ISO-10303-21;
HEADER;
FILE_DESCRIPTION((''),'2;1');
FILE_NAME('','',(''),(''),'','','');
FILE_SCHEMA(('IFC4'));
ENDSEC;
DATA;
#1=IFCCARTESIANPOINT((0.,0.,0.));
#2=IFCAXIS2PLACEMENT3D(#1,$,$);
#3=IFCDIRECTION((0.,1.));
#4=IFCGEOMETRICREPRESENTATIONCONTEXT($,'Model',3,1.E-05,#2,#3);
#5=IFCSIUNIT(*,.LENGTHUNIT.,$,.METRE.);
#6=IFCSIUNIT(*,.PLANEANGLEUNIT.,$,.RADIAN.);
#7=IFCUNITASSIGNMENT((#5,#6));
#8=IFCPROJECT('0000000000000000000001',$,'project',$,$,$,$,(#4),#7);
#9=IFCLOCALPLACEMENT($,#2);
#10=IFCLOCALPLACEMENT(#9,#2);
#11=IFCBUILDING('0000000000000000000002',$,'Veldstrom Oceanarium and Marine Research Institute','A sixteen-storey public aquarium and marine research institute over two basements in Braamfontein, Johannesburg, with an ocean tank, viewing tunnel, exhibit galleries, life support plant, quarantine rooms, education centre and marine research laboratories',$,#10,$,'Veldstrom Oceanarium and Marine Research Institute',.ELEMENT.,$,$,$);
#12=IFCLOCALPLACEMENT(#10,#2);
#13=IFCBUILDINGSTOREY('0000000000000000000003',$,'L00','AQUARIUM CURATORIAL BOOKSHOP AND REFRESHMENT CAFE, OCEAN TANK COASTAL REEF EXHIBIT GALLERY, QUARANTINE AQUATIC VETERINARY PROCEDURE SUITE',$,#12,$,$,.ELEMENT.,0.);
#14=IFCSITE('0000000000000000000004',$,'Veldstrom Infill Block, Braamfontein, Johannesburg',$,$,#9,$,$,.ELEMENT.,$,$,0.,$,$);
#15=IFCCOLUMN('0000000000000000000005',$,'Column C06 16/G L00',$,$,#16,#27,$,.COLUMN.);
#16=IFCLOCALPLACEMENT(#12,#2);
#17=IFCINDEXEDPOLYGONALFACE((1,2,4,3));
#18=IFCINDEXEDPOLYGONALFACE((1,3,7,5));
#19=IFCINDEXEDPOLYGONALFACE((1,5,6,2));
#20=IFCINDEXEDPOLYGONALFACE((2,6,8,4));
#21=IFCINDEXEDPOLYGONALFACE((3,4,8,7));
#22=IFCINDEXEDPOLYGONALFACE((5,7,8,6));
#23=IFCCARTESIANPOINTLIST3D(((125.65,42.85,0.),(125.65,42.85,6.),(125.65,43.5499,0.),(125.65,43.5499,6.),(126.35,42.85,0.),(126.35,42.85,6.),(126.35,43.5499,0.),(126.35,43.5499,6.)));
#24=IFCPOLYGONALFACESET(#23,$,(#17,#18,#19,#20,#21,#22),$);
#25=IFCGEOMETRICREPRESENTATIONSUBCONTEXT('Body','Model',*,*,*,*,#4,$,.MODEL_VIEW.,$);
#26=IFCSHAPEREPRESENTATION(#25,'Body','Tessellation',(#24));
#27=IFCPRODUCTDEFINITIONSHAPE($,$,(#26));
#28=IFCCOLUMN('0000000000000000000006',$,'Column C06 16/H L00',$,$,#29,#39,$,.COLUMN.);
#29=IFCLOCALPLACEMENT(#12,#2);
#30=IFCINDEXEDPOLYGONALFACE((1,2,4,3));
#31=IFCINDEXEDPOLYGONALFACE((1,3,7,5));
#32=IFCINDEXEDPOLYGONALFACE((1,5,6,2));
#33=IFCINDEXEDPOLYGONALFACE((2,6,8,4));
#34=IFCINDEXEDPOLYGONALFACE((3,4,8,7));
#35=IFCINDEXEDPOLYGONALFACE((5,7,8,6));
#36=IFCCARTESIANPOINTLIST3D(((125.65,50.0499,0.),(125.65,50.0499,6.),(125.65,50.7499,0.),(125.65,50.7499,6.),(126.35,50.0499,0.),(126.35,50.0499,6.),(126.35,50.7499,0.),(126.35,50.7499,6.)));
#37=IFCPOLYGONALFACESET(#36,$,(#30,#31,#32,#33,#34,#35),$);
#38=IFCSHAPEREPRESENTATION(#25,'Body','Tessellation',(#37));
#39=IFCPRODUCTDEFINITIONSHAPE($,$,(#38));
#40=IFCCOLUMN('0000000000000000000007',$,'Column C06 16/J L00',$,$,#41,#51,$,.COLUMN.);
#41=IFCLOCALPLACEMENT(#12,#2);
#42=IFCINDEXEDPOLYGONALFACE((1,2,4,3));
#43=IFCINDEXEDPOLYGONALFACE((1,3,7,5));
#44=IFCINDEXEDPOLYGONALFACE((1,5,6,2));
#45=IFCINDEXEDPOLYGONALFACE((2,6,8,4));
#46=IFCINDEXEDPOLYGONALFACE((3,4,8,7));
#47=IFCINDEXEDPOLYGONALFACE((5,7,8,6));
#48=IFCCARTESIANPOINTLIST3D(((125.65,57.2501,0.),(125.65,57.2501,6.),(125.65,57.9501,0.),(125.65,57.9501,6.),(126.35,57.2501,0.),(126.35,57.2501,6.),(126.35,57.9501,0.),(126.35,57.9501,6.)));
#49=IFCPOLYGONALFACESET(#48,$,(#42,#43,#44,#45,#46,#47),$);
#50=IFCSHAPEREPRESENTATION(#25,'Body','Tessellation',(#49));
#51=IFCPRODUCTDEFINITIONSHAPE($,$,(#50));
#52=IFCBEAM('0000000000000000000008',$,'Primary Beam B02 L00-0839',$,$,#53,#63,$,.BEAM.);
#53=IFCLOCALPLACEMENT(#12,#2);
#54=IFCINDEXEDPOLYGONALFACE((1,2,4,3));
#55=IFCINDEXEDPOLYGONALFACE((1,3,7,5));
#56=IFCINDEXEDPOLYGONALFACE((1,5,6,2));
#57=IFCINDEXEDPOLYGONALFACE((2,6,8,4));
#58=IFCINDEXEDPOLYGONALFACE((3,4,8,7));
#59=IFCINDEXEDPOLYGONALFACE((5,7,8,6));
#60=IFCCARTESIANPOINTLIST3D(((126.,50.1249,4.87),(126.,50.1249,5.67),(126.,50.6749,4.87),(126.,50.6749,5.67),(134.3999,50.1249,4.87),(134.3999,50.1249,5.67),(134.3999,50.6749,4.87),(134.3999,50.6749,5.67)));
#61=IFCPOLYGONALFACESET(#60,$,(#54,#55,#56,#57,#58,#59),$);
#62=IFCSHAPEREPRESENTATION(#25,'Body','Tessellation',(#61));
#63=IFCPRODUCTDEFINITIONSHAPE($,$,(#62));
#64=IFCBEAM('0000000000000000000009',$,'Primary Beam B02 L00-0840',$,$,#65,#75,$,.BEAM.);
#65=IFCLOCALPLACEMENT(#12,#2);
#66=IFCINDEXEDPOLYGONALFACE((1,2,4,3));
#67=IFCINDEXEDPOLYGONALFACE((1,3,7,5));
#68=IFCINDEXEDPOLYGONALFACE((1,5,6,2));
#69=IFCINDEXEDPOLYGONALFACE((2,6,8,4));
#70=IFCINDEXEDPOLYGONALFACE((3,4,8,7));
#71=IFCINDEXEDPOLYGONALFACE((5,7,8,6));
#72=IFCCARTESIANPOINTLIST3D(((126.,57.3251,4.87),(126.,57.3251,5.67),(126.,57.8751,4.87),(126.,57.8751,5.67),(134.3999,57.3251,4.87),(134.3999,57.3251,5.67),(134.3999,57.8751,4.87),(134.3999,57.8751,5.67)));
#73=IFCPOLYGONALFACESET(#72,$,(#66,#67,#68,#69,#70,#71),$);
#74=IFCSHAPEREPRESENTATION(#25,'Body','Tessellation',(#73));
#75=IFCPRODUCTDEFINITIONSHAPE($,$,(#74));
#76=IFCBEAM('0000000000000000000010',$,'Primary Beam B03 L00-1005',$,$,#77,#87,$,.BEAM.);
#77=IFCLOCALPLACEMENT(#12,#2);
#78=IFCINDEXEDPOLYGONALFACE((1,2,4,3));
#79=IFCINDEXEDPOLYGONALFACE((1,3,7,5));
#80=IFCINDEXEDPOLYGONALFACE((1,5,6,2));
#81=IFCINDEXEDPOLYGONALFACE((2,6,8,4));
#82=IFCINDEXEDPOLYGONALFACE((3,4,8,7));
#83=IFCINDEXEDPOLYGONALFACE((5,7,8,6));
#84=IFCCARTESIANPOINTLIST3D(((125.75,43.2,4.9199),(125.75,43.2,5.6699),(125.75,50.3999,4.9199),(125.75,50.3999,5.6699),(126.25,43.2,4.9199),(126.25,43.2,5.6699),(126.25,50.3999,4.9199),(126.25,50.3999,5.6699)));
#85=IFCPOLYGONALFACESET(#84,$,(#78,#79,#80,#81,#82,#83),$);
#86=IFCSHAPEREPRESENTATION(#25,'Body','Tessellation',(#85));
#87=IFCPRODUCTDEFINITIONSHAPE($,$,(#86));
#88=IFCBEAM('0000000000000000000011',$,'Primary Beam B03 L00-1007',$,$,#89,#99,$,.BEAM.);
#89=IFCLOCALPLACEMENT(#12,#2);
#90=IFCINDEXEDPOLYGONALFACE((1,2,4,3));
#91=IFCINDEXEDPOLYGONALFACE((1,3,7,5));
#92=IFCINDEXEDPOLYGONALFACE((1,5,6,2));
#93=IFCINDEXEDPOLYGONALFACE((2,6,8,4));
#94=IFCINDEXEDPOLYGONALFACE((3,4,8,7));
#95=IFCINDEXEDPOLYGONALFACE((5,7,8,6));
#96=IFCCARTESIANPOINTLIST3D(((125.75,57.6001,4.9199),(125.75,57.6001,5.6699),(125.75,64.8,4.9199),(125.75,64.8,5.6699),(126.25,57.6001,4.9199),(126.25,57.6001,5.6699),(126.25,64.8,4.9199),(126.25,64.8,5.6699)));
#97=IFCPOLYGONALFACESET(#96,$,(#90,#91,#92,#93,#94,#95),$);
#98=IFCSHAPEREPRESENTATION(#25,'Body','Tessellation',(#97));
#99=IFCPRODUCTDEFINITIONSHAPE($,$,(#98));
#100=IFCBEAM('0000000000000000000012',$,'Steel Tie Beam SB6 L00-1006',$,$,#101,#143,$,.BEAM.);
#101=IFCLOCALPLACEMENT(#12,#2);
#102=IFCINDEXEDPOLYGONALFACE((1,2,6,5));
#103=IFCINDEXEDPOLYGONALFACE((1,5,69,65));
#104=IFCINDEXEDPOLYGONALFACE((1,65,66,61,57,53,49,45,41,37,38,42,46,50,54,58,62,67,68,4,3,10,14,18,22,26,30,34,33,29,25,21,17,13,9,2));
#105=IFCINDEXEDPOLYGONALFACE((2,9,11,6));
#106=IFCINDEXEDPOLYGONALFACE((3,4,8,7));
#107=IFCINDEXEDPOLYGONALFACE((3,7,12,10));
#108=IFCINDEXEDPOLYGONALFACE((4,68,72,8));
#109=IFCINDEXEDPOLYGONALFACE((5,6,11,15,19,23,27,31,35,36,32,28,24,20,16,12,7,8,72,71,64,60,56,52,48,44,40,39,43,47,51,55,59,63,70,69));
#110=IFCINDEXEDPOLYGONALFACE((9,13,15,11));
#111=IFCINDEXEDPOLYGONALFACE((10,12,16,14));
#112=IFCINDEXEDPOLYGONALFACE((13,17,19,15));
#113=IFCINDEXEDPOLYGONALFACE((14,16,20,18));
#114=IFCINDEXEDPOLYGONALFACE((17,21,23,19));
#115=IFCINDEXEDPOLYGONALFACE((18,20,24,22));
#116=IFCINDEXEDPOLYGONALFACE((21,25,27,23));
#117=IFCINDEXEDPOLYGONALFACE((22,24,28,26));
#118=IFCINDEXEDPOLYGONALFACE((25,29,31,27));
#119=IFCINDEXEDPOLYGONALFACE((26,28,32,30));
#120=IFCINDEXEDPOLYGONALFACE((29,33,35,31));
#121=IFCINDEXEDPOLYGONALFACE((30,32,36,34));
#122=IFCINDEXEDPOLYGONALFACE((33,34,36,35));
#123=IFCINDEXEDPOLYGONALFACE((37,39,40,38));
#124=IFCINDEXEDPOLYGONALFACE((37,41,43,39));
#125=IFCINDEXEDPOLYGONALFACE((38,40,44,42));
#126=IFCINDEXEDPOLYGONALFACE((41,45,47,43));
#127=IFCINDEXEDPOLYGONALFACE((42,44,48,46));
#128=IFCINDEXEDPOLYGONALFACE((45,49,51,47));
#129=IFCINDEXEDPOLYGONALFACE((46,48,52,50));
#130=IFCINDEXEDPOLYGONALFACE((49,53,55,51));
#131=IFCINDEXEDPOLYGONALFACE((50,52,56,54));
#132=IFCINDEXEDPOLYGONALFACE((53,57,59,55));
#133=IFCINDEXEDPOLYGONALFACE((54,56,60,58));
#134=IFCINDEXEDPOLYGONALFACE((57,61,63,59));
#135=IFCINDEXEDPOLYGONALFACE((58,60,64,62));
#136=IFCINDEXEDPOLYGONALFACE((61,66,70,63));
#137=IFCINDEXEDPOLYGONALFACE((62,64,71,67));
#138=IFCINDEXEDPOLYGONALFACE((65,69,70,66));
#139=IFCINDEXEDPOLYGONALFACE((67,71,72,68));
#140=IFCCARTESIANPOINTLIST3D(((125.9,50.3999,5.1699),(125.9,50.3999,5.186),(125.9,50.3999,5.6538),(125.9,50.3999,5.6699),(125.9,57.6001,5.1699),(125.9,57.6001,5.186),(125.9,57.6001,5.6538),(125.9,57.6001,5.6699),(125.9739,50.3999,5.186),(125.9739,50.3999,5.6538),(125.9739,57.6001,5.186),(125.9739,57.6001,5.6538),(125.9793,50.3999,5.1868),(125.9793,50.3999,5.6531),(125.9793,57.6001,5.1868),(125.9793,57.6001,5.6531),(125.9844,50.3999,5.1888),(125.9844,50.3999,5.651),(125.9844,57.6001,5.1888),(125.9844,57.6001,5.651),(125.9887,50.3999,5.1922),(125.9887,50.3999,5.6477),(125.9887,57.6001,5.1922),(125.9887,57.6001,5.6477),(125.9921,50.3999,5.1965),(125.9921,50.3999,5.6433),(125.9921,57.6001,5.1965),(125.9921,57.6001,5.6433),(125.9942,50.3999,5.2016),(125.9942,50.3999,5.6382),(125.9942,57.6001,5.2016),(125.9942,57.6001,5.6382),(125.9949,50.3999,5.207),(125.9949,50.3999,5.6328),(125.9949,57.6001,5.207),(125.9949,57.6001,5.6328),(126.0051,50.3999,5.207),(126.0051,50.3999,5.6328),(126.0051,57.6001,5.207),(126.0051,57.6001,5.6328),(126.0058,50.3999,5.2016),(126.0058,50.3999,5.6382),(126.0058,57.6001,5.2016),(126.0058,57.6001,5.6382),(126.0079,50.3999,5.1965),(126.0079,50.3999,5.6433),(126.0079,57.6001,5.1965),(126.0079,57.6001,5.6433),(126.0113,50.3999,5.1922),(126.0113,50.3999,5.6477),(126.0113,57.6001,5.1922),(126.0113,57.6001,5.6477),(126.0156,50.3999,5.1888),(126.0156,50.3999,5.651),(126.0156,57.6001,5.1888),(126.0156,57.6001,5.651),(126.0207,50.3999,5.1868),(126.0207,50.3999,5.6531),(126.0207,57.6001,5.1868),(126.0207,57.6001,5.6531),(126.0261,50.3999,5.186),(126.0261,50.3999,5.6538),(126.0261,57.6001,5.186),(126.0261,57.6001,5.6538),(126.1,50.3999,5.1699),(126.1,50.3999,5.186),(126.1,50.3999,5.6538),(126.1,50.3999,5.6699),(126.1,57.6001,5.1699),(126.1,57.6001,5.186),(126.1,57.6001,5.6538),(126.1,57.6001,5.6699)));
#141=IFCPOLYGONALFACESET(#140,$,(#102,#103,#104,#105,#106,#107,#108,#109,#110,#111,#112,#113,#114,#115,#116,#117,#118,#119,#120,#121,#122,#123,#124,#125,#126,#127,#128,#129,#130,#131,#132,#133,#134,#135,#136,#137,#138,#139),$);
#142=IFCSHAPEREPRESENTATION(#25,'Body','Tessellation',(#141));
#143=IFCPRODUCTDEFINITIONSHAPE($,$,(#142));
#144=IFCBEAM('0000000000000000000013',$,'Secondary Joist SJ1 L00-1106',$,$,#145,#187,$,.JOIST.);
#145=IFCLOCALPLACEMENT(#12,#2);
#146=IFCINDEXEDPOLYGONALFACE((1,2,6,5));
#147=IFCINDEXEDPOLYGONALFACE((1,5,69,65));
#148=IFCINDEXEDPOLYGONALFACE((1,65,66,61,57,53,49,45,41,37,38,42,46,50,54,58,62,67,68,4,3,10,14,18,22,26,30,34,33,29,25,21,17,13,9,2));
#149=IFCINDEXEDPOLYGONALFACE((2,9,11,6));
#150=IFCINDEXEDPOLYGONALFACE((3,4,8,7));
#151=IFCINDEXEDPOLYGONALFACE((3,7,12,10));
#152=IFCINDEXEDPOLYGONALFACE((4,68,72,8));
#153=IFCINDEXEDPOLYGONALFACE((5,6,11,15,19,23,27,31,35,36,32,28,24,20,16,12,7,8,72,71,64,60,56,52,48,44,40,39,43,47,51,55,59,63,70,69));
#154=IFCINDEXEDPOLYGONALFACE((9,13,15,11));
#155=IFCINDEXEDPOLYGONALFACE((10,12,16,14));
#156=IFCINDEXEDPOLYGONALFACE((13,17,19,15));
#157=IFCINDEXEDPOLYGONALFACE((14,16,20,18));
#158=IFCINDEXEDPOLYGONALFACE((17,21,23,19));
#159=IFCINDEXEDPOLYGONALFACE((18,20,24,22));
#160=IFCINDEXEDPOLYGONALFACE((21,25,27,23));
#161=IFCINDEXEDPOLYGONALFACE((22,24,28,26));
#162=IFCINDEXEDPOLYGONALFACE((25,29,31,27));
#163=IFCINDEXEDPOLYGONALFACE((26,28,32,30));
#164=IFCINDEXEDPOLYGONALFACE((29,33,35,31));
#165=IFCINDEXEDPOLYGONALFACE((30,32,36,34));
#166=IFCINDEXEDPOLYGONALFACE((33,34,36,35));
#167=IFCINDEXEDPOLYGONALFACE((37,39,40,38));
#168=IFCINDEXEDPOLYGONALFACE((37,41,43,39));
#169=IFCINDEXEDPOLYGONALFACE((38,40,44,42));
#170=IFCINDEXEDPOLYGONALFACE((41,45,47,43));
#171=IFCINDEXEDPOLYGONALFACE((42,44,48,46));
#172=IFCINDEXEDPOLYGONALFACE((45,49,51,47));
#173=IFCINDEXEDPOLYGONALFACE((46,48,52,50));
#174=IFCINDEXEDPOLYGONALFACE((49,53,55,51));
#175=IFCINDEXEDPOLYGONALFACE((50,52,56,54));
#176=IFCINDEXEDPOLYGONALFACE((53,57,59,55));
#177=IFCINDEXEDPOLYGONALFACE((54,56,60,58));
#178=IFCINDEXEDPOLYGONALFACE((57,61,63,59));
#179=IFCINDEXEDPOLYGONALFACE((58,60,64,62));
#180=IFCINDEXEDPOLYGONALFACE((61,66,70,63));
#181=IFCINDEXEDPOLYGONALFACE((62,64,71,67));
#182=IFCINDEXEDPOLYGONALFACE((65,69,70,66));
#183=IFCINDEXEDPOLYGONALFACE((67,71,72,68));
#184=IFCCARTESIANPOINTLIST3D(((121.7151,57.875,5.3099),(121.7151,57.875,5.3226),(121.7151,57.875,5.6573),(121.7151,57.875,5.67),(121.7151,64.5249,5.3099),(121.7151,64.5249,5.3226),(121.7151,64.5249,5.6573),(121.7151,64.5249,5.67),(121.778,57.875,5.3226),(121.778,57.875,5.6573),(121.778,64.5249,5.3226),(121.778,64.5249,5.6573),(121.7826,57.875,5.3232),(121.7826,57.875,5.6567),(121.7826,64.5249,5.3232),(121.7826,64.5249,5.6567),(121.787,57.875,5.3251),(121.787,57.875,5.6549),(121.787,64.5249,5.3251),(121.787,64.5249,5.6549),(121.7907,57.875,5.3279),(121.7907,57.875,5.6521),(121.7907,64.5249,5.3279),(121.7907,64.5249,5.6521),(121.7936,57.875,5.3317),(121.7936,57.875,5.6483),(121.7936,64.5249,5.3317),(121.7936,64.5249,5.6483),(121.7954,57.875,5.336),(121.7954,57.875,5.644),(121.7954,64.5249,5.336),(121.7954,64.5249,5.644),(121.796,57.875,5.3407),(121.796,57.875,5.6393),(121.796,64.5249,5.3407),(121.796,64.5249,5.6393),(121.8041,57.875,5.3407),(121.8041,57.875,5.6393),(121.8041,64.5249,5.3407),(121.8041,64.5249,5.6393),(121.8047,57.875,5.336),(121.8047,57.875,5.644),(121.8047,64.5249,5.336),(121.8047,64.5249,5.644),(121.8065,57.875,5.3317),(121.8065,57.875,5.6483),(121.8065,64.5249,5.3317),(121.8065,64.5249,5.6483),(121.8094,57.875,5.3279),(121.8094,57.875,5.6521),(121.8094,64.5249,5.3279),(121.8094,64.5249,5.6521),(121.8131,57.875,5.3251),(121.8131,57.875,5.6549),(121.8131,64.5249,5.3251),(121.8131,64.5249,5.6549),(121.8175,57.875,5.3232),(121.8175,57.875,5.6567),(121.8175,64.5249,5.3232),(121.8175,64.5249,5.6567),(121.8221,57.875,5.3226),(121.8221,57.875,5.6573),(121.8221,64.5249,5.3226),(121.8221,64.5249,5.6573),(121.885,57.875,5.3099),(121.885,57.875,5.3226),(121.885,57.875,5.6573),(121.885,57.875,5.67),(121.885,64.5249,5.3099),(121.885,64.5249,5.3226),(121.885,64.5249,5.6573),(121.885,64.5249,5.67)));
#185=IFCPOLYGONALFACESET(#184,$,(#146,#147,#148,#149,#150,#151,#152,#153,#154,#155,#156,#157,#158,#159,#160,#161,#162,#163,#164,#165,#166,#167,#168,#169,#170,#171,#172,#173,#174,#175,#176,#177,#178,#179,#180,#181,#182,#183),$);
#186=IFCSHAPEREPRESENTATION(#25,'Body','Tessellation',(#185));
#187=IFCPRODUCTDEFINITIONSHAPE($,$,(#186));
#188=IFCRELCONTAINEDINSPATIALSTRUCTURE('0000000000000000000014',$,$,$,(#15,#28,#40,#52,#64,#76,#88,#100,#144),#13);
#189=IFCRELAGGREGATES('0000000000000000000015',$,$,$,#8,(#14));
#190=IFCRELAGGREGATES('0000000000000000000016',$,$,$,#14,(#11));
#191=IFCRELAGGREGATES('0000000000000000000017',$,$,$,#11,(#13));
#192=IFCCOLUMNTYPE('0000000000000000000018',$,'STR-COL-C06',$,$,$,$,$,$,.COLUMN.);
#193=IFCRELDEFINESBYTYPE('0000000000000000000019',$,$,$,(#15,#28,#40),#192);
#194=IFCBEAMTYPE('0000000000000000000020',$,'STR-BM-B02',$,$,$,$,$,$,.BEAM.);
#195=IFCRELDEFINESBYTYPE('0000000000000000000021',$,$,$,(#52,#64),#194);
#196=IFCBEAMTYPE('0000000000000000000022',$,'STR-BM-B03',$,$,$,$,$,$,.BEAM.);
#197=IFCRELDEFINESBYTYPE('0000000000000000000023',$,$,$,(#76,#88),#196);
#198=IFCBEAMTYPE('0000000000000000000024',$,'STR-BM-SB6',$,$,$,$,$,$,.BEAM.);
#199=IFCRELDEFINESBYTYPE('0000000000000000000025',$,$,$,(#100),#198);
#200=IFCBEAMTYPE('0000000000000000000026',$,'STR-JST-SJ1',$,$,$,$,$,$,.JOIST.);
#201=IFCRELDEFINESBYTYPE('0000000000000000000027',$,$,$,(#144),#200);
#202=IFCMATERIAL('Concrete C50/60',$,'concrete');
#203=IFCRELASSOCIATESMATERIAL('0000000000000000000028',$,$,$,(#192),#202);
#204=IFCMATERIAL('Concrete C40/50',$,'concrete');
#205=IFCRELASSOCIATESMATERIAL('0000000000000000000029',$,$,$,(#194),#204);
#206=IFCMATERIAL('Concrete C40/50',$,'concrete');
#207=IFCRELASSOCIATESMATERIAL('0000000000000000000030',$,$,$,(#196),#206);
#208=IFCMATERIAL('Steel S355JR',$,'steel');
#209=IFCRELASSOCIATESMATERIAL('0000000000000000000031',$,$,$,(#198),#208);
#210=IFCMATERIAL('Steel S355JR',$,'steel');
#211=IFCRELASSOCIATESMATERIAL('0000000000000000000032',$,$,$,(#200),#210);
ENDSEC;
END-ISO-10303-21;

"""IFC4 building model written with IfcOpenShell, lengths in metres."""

from ifc_helpers import new_model, si_unit, direction, frame, origin, origin_2d, place, context, subcontext, project, spatial, rectangle, i_section, extrude, material, material_profile, profile_set, type_object, element, save


model = new_model("IFC4")

# Units and contexts
model_context = context("Model", 3, precision=1e-05, world=origin(), true_north=direction((0.0, 1.0)))
body_context = subcontext(model_context, "Body", "Model", "MODEL_VIEW")
ifc_project = project(units=[si_unit("LENGTHUNIT", "METRE"), si_unit("PLANEANGLEUNIT", "RADIAN")], contexts=[model_context])

# Site, building, storey
site_placement = place(None, origin())
site = spatial("IfcSite", under=ifc_project, at=site_placement, Name="Veldstrom Infill Block, Braamfontein, Johannesburg", CompositionType="ELEMENT", RefElevation=0.0)
building_placement = place(site_placement, origin())
building = spatial("IfcBuilding", under=site, at=building_placement, Name="Veldstrom Oceanarium and Marine Research Institute", Description="A sixteen-storey public aquarium and marine research institute over two basements in Braamfontein, Johannesburg, with an ocean tank, viewing tunnel, exhibit galleries, life support plant, quarantine rooms, education centre and marine research laboratories", LongName="Veldstrom Oceanarium and Marine Research Institute", CompositionType="ELEMENT")
storey_placement = place(building_placement, origin())
storey = spatial("IfcBuildingStorey", under=building, at=storey_placement, Name="L00", Description="AQUARIUM CURATORIAL BOOKSHOP AND REFRESHMENT CAFE, OCEAN TANK COASTAL REEF EXHIBIT GALLERY, QUARANTINE AQUATIC VETERINARY PROCEDURE SUITE", CompositionType="ELEMENT", Elevation=0.0)

# Columns
ifc_material_1 = material(Name="Concrete C50/60", Category="concrete")
ifc_material_profile_1 = material_profile(ifc_material_1, rectangle(XDim=0.7, YDim=0.7, at=origin_2d()), Name="RC-COL-700x700")
ifc_profile_set_1 = profile_set([ifc_material_profile_1], Name="Concrete C50/60")
column_type = type_object("IfcColumnType", Name="STR-COL-C06", PredefinedType="COLUMN", material=ifc_profile_set_1)
for number, where, z_axis, x_axis, name in (
    (1, (126.0, 43.2, 0.0), (0.0, 0.0, 1.0), (1.0, 0.0, 0.0), "Column C06 16/G L00"),
    (2, (126.0, 50.3999, 0.0), (0.0, 0.0, 1.0), (1.0, 0.0, 0.0), "Column C06 16/H L00"),
    (3, (126.0, 57.6001, 0.0), (0.0, 0.0, 1.0), (1.0, 0.0, 0.0), "Column C06 16/J L00"),
):
    element("IfcColumn", number, at=place(storey_placement, frame(where, z_axis=z_axis, x_axis=x_axis)), inside=storey, type_object=column_type, Name=name, PredefinedType="COLUMN", context=body_context, shape_type="SweptSolid", body=[
        extrude(rectangle(XDim=0.7, YDim=0.7, at=origin_2d()), origin(), (0.0, 0.0, 1.0), 6.0),
    ])

# Beams
ifc_material_2 = material(Name="Concrete C40/50", Category="concrete")
ifc_material_profile_2 = material_profile(ifc_material_2, rectangle(XDim=0.55, YDim=0.8, at=origin_2d()), Name="RC-BM-550x800")
ifc_profile_set_2 = profile_set([ifc_material_profile_2], Name="Concrete C40/50")
beam_type_1 = type_object("IfcBeamType", Name="STR-BM-B02", PredefinedType="BEAM", material=ifc_profile_set_2)
for number, where, z_axis, x_axis, name in (
    (4, (126.0, 50.3999, 5.27), (1.0, 0.0, 0.0), (0.0, 1.0, 0.0), "Primary Beam B02 L00-0839"),
    (5, (126.0, 57.6001, 5.27), (1.0, 0.0, 0.0), (0.0, 1.0, 0.0), "Primary Beam B02 L00-0840"),
):
    element("IfcBeam", number, at=place(storey_placement, frame(where, z_axis=z_axis, x_axis=x_axis)), inside=storey, type_object=beam_type_1, Name=name, PredefinedType="BEAM", context=body_context, shape_type="SweptSolid", body=[
        extrude(rectangle(XDim=0.55, YDim=0.8, at=origin_2d()), origin(), (0.0, 0.0, 1.0), 8.3999),
    ])
ifc_material_3 = material(Name="Concrete C40/50", Category="concrete")
ifc_material_profile_3 = material_profile(ifc_material_3, rectangle(XDim=0.5, YDim=0.75, at=origin_2d()), Name="RC-BM-500x750")
ifc_profile_set_3 = profile_set([ifc_material_profile_3], Name="Concrete C40/50")
beam_type_2 = type_object("IfcBeamType", Name="STR-BM-B03", PredefinedType="BEAM", material=ifc_profile_set_3)
for number, where, z_axis, x_axis, name in (
    (6, (126.0, 43.2, 5.2949), (0.0, 1.0, 0.0), (-1.0, 0.0, 0.0), "Primary Beam B03 L00-1005"),
    (7, (126.0, 57.6001, 5.2949), (0.0, 1.0, 0.0), (-1.0, 0.0, 0.0), "Primary Beam B03 L00-1007"),
):
    element("IfcBeam", number, at=place(storey_placement, frame(where, z_axis=z_axis, x_axis=x_axis)), inside=storey, type_object=beam_type_2, Name=name, PredefinedType="BEAM", context=body_context, shape_type="SweptSolid", body=[
        extrude(rectangle(XDim=0.5, YDim=0.75, at=origin_2d()), origin(), (0.0, 0.0, 1.0), 7.2),
    ])
ifc_material_4 = material(Name="Steel S355JR", Category="steel")
ifc_material_profile_4 = material_profile(ifc_material_4, i_section(OverallWidth=0.2, OverallDepth=0.5, WebThickness=0.0103, FlangeThickness=0.0161, FilletRadius=0.021, at=origin_2d()), Name="IPE 500")
ifc_profile_set_4 = profile_set([ifc_material_profile_4], Name="Steel S355JR")
beam_type_3 = type_object("IfcBeamType", Name="STR-BM-SB6", PredefinedType="BEAM", material=ifc_profile_set_4)
beam_1_placement = place(storey_placement, frame((126.0, 50.3999, 5.4199), z_axis=(0.0, 1.0, 0.0), x_axis=(-1.0, 0.0, 0.0)))
element("IfcBeam", 8, at=beam_1_placement, inside=storey, type_object=beam_type_3, Name="Steel Tie Beam SB6 L00-1006", PredefinedType="BEAM", context=body_context, shape_type="SweptSolid", body=[
    extrude(i_section(OverallWidth=0.2, OverallDepth=0.5, WebThickness=0.0103, FlangeThickness=0.0161, FilletRadius=0.021, at=origin_2d()), origin(), (0.0, 0.0, 1.0), 7.2002),
])
ifc_material_5 = material(Name="Steel S355JR", Category="steel")
ifc_material_profile_5 = material_profile(ifc_material_5, i_section(OverallWidth=0.1699, OverallDepth=0.3601, WebThickness=0.0081, FlangeThickness=0.0127, FilletRadius=0.0181, at=origin_2d()), Name="IPE 360")
ifc_profile_set_5 = profile_set([ifc_material_profile_5], Name="Steel S355JR")
beam_type_4 = type_object("IfcBeamType", Name="STR-JST-SJ1", PredefinedType="JOIST", material=ifc_profile_set_5)
beam_2_placement = place(storey_placement, frame((121.8, 57.875, 5.49), z_axis=(0.0, 1.0, 0.0), x_axis=(-1.0, 0.0, 0.0)))
element("IfcBeam", 9, at=beam_2_placement, inside=storey, type_object=beam_type_4, Name="Secondary Joist SJ1 L00-1106", PredefinedType="JOIST", context=body_context, shape_type="SweptSolid", body=[
    extrude(i_section(OverallWidth=0.1699, OverallDepth=0.3601, WebThickness=0.0081, FlangeThickness=0.0127, FilletRadius=0.0181, at=origin_2d()), origin(), (0.0, 0.0, 1.0), 6.6499),
])

save(model, "model.ifc")
